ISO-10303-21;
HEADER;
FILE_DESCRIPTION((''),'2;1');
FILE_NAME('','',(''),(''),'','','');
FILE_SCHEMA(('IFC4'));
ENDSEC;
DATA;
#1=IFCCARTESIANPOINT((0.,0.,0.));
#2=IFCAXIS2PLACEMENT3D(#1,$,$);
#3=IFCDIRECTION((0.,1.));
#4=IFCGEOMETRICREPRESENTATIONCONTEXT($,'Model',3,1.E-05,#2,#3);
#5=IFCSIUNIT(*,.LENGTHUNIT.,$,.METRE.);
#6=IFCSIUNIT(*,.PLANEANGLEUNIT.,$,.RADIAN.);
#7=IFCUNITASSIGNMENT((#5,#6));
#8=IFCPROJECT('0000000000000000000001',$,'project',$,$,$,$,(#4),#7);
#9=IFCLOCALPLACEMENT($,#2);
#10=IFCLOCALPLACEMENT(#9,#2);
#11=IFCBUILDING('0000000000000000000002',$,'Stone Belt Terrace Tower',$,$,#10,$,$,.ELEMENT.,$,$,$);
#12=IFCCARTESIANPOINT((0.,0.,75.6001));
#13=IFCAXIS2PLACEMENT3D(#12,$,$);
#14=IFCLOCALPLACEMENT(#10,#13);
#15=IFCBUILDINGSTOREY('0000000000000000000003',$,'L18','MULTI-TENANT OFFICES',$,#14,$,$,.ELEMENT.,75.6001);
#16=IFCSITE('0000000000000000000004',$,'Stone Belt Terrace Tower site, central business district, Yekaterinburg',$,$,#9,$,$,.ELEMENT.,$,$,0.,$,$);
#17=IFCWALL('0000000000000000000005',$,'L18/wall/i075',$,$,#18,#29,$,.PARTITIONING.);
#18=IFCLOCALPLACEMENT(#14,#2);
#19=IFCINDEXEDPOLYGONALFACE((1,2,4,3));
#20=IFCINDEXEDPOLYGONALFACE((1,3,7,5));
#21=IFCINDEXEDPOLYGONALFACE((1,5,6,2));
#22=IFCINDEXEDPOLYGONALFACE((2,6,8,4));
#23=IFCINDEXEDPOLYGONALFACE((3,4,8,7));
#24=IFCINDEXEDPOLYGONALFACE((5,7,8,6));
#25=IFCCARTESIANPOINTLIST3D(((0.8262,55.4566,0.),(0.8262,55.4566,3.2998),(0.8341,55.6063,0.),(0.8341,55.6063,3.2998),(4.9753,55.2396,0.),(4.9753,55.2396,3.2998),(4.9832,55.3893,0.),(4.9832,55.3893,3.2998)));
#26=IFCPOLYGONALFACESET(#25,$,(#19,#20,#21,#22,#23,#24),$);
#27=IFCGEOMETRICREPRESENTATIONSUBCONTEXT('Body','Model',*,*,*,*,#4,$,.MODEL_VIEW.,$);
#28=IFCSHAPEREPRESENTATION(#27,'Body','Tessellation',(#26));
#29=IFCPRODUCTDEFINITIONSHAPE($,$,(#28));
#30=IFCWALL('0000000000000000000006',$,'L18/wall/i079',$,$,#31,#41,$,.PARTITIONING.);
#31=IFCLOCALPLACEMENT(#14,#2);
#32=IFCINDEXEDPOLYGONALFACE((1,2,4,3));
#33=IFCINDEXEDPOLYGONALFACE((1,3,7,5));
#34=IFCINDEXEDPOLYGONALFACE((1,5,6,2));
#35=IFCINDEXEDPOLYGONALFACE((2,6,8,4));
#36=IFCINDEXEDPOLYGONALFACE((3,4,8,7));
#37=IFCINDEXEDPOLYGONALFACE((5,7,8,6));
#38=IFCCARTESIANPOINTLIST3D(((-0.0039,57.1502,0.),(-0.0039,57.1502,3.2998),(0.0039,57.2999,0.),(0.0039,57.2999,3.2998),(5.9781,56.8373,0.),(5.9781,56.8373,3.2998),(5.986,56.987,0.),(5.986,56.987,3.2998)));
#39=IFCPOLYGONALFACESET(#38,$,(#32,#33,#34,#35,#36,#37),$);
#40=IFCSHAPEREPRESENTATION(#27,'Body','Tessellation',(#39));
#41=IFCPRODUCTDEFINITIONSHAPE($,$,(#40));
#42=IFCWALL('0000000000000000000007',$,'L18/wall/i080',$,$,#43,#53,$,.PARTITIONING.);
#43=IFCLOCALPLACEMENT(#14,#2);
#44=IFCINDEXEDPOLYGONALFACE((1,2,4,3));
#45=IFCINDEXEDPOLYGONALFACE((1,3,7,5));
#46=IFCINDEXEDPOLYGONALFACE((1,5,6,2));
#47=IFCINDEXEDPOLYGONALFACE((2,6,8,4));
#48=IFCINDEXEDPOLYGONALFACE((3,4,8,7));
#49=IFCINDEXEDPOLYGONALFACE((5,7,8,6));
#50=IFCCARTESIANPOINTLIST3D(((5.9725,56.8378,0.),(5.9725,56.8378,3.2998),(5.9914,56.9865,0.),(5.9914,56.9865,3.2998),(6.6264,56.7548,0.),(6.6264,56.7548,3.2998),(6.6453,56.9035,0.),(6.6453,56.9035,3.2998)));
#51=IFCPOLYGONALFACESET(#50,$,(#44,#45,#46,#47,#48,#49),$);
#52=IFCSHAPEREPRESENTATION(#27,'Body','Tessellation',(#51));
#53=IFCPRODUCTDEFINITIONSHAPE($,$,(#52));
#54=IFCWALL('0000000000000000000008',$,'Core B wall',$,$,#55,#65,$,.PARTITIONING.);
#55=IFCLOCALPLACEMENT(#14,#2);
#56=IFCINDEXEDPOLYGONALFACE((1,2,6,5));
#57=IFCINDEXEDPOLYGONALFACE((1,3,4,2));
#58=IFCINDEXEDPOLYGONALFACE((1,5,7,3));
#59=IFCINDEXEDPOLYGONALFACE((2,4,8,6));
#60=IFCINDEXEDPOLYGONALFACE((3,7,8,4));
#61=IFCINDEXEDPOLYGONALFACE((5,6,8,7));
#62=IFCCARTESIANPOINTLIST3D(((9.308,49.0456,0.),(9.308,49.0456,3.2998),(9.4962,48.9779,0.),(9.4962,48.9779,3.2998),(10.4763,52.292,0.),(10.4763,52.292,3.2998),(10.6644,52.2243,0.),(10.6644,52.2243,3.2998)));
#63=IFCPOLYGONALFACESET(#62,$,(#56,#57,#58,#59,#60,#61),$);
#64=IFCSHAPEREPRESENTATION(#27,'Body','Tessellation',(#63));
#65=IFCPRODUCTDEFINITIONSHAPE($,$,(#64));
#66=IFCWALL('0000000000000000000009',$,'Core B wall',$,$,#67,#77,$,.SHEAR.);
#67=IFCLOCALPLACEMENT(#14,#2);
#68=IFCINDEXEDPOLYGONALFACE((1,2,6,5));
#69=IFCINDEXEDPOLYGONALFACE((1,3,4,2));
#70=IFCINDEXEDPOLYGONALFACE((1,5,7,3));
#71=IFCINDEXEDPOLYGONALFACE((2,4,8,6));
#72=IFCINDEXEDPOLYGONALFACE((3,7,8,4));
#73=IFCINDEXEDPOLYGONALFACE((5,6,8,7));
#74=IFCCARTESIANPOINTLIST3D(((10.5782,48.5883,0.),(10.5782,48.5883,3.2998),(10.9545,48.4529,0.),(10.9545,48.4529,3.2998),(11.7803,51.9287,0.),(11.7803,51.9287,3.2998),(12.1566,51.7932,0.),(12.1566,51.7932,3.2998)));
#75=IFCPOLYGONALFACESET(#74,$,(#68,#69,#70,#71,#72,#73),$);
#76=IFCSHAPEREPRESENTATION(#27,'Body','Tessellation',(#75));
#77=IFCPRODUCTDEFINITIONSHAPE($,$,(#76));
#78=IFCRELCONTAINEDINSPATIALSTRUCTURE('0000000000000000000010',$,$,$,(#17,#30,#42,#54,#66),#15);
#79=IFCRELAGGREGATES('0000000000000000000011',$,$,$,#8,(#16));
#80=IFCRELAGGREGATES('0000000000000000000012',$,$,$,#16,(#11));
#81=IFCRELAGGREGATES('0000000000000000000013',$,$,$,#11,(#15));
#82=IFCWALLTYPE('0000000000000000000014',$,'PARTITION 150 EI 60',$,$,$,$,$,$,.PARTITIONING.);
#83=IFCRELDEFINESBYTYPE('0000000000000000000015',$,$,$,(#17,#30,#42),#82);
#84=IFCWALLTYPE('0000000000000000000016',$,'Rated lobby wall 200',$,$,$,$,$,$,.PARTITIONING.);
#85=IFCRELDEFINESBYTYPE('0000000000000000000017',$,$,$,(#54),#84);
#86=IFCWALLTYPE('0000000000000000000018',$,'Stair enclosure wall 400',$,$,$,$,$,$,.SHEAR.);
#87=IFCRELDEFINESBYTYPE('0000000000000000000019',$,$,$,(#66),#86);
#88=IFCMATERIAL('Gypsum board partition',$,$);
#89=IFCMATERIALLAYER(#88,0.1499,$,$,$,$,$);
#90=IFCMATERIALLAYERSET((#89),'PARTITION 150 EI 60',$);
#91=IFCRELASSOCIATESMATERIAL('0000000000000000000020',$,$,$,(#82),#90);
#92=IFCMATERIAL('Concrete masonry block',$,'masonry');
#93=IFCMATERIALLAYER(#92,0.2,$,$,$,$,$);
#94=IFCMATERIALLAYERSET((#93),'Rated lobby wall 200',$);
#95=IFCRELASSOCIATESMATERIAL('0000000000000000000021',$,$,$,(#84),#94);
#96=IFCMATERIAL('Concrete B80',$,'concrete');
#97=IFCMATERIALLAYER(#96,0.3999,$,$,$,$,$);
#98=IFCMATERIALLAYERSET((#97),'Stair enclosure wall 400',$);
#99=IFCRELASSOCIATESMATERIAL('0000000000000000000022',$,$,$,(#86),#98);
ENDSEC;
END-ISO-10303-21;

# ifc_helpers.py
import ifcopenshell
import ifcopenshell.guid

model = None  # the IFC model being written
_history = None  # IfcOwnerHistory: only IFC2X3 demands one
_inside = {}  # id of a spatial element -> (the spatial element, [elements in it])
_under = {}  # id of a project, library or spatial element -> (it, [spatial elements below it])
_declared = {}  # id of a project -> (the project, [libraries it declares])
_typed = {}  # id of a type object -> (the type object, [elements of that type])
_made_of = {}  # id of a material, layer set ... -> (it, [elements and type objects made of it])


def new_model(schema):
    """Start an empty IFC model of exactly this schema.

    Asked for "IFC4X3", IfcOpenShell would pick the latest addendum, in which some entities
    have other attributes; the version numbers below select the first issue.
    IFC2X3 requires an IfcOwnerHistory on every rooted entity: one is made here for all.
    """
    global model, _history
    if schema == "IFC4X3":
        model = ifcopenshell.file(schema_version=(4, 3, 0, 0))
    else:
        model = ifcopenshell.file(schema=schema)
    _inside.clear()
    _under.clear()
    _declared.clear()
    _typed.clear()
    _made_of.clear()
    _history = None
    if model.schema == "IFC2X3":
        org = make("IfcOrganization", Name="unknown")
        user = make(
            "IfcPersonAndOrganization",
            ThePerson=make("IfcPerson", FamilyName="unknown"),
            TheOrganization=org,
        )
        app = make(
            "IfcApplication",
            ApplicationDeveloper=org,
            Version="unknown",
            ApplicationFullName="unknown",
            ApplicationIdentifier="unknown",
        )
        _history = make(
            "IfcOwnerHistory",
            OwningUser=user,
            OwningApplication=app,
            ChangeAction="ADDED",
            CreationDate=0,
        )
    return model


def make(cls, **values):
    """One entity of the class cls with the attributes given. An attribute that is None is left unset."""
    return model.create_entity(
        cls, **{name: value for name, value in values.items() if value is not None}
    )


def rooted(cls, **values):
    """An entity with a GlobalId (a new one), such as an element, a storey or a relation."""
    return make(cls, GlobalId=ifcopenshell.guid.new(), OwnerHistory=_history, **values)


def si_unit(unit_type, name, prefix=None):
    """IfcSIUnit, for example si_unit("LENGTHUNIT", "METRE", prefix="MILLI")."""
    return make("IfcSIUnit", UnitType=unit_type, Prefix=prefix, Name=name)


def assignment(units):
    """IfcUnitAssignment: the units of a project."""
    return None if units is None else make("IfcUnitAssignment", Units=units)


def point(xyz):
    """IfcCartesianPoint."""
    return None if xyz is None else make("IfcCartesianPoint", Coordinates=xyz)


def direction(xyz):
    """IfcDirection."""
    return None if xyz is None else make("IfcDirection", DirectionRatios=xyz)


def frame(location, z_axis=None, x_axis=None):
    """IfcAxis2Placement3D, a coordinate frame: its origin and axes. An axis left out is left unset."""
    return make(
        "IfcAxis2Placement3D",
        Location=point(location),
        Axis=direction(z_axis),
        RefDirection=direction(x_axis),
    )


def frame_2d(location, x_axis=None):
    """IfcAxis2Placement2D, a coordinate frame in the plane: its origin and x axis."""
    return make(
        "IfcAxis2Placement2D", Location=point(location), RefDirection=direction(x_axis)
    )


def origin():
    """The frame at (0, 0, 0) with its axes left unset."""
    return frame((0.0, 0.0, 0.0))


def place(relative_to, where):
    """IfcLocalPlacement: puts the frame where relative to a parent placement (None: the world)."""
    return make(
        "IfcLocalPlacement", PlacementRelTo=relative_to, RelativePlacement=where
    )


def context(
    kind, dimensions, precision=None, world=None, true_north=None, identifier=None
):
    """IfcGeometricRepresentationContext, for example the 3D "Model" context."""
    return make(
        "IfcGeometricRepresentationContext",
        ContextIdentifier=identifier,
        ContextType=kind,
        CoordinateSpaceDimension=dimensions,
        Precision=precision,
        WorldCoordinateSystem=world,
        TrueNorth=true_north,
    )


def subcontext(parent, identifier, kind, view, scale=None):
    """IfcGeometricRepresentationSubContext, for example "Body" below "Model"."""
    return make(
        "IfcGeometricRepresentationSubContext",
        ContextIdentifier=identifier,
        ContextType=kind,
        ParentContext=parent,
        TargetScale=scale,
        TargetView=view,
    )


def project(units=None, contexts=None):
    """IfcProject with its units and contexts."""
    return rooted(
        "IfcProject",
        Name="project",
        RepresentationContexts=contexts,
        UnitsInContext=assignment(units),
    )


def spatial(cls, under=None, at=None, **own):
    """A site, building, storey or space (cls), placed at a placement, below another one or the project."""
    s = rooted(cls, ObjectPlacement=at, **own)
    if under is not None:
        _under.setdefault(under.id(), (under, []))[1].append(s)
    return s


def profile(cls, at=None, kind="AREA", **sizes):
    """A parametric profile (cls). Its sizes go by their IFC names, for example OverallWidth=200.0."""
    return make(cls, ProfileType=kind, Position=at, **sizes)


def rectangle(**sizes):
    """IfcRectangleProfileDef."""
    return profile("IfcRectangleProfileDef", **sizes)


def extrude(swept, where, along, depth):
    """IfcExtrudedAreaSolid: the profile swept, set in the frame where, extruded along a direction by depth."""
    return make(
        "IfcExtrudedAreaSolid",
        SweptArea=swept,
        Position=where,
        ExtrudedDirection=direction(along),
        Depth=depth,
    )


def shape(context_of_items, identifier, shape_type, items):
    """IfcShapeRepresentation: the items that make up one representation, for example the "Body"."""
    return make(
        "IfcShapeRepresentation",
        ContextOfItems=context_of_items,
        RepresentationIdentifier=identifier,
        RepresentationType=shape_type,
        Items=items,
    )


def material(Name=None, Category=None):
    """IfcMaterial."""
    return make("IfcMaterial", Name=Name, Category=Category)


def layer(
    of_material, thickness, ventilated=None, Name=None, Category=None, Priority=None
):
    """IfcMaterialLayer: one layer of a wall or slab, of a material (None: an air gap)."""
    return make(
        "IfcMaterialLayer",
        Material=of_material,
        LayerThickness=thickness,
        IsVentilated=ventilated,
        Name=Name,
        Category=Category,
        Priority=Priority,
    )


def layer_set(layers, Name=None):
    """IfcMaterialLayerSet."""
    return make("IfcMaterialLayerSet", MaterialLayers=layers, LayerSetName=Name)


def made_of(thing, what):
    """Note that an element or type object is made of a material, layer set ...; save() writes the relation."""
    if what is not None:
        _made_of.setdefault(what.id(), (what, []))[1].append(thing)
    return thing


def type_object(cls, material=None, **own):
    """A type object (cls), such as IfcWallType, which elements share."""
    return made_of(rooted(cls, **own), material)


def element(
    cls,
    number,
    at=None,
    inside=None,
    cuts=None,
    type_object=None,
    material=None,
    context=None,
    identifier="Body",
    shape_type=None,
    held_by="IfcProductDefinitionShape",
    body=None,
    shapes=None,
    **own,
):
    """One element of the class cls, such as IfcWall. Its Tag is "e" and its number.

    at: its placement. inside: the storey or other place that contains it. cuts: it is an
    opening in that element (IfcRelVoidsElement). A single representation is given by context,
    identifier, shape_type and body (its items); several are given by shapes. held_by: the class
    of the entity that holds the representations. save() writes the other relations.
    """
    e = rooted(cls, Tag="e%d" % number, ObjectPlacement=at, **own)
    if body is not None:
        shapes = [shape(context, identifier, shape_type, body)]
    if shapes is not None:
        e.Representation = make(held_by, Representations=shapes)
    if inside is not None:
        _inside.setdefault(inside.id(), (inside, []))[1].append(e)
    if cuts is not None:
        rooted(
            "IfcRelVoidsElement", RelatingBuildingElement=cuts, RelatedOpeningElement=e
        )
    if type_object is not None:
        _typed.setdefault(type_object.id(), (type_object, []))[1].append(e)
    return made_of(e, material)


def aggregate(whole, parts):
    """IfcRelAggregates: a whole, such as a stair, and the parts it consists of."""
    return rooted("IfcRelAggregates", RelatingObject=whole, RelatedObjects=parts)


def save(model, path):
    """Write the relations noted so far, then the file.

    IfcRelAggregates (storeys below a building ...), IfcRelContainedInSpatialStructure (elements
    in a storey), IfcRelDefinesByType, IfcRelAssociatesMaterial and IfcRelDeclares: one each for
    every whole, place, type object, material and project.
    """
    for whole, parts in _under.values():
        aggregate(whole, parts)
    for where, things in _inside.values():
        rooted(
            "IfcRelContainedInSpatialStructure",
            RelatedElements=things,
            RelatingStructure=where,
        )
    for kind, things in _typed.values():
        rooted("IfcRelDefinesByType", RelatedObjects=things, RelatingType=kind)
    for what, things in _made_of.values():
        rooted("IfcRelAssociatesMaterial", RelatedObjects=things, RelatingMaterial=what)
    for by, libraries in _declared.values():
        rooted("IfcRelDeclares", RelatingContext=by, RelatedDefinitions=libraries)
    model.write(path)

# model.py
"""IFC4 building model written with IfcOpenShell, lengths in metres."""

from ifc_helpers import new_model, si_unit, direction, frame, frame_2d, origin, place, context, subcontext, project, spatial, rectangle, extrude, material, layer, layer_set, type_object, element, save


model = new_model("IFC4")

# Units and contexts
model_context = context("Model", 3, precision=1e-05, world=origin(), true_north=direction((0.0, 1.0)))
body_context = subcontext(model_context, "Body", "Model", "MODEL_VIEW")
ifc_project = project(units=[si_unit("LENGTHUNIT", "METRE"), si_unit("PLANEANGLEUNIT", "RADIAN")], contexts=[model_context])

# Site, building, storey
site_placement = place(None, origin())
site = spatial("IfcSite", under=ifc_project, at=site_placement, Name="Stone Belt Terrace Tower site, central business district, Yekaterinburg", CompositionType="ELEMENT", RefElevation=0.0)
building_placement = place(site_placement, origin())
building = spatial("IfcBuilding", under=site, at=building_placement, Name="Stone Belt Terrace Tower", CompositionType="ELEMENT")
storey_placement = place(building_placement, frame((0.0, 0.0, 75.6001)))
storey = spatial("IfcBuildingStorey", under=building, at=storey_placement, Name="L18", Description="MULTI-TENANT OFFICES", CompositionType="ELEMENT", Elevation=75.6001)

# Shared definitions
ifc_material_1 = material(Name="Concrete B80", Category="concrete")

# Walls
ifc_material_2 = material(Name="Gypsum board partition")
ifc_layer_1 = layer(ifc_material_2, 0.1499)
ifc_layer_set_1 = layer_set([ifc_layer_1], Name="PARTITION 150 EI 60")
wall_type_1 = type_object("IfcWallType", Name="PARTITION 150 EI 60", PredefinedType="PARTITIONING", material=ifc_layer_set_1)
wall_1_placement = place(storey_placement, frame((4.9792, 55.3145, 0.0), z_axis=(0.0, 0.0, 1.0), x_axis=(-0.998635, 0.052238, 0.0)))
element("IfcWall", 1, at=wall_1_placement, inside=storey, type_object=wall_type_1, Name="L18/wall/i075", PredefinedType="PARTITIONING", context=body_context, shape_type="SweptSolid", body=[
    extrude(rectangle(XDim=4.1548, YDim=0.1499, at=frame_2d((2.0774, 0.0))), origin(), (0.0, 0.0, 1.0), 3.2998),
])
wall_2_placement = place(storey_placement, frame((0.0, 57.2251, 0.0), z_axis=(0.0, 0.0, 1.0), x_axis=(0.998634, -0.052251, 0.0)))
element("IfcWall", 2, at=wall_2_placement, inside=storey, type_object=wall_type_1, Name="L18/wall/i079", PredefinedType="PARTITIONING", context=body_context, shape_type="SweptSolid", body=[
    extrude(rectangle(XDim=5.9902, YDim=0.1499, at=frame_2d((2.9951, 0.0))), origin(), (0.0, 0.0, 1.0), 3.2998),
])
wall_3_placement = place(storey_placement, frame((5.9819, 56.9121, 0.0), z_axis=(0.0, 0.0, 1.0), x_axis=(0.992043, -0.125903, 0.0)))
element("IfcWall", 3, at=wall_3_placement, inside=storey, type_object=wall_type_1, Name="L18/wall/i080", PredefinedType="PARTITIONING", context=body_context, shape_type="SweptSolid", body=[
    extrude(rectangle(XDim=0.6592, YDim=0.1499, at=frame_2d((0.3296, 0.0))), origin(), (0.0, 0.0, 1.0), 3.2998),
])
ifc_material_3 = material(Name="Concrete masonry block", Category="masonry")
ifc_layer_2 = layer(ifc_material_3, 0.2)
ifc_layer_set_2 = layer_set([ifc_layer_2], Name="Rated lobby wall 200")
wall_type_2 = type_object("IfcWallType", Name="Rated lobby wall 200", PredefinedType="PARTITIONING", material=ifc_layer_set_2)
wall_4_placement = place(storey_placement, frame((9.4021, 49.0117, 0.0), z_axis=(0.0, 0.0, 1.0), x_axis=(0.338599, 0.940931, 0.0)))
element("IfcWall", 4, at=wall_4_placement, inside=storey, type_object=wall_type_2, Name="Core B wall", PredefinedType="PARTITIONING", context=body_context, shape_type="SweptSolid", body=[
    extrude(rectangle(XDim=3.4502, YDim=0.2, at=frame_2d((1.7251, 0.0))), origin(), (0.0, 0.0, 1.0), 3.2998),
])
ifc_layer_3 = layer(ifc_material_1, 0.3999)
ifc_layer_set_3 = layer_set([ifc_layer_3], Name="Stair enclosure wall 400")
wall_type_3 = type_object("IfcWallType", Name="Stair enclosure wall 400", PredefinedType="SHEAR", material=ifc_layer_set_3)
wall_5_placement = place(storey_placement, frame((10.7664, 48.5208, 0.0), z_axis=(0.0, 0.0, 1.0), x_axis=(0.338627, 0.940921, 0.0)))
element("IfcWall", 5, at=wall_5_placement, inside=storey, type_object=wall_type_3, Name="Core B wall", PredefinedType="SHEAR", context=body_context, shape_type="SweptSolid", body=[
    extrude(rectangle(XDim=3.55, YDim=0.3999, at=frame_2d((1.7749, 0.0))), origin(), (0.0, 0.0, 1.0), 3.2998),
])

save(model, "model.ifc")
